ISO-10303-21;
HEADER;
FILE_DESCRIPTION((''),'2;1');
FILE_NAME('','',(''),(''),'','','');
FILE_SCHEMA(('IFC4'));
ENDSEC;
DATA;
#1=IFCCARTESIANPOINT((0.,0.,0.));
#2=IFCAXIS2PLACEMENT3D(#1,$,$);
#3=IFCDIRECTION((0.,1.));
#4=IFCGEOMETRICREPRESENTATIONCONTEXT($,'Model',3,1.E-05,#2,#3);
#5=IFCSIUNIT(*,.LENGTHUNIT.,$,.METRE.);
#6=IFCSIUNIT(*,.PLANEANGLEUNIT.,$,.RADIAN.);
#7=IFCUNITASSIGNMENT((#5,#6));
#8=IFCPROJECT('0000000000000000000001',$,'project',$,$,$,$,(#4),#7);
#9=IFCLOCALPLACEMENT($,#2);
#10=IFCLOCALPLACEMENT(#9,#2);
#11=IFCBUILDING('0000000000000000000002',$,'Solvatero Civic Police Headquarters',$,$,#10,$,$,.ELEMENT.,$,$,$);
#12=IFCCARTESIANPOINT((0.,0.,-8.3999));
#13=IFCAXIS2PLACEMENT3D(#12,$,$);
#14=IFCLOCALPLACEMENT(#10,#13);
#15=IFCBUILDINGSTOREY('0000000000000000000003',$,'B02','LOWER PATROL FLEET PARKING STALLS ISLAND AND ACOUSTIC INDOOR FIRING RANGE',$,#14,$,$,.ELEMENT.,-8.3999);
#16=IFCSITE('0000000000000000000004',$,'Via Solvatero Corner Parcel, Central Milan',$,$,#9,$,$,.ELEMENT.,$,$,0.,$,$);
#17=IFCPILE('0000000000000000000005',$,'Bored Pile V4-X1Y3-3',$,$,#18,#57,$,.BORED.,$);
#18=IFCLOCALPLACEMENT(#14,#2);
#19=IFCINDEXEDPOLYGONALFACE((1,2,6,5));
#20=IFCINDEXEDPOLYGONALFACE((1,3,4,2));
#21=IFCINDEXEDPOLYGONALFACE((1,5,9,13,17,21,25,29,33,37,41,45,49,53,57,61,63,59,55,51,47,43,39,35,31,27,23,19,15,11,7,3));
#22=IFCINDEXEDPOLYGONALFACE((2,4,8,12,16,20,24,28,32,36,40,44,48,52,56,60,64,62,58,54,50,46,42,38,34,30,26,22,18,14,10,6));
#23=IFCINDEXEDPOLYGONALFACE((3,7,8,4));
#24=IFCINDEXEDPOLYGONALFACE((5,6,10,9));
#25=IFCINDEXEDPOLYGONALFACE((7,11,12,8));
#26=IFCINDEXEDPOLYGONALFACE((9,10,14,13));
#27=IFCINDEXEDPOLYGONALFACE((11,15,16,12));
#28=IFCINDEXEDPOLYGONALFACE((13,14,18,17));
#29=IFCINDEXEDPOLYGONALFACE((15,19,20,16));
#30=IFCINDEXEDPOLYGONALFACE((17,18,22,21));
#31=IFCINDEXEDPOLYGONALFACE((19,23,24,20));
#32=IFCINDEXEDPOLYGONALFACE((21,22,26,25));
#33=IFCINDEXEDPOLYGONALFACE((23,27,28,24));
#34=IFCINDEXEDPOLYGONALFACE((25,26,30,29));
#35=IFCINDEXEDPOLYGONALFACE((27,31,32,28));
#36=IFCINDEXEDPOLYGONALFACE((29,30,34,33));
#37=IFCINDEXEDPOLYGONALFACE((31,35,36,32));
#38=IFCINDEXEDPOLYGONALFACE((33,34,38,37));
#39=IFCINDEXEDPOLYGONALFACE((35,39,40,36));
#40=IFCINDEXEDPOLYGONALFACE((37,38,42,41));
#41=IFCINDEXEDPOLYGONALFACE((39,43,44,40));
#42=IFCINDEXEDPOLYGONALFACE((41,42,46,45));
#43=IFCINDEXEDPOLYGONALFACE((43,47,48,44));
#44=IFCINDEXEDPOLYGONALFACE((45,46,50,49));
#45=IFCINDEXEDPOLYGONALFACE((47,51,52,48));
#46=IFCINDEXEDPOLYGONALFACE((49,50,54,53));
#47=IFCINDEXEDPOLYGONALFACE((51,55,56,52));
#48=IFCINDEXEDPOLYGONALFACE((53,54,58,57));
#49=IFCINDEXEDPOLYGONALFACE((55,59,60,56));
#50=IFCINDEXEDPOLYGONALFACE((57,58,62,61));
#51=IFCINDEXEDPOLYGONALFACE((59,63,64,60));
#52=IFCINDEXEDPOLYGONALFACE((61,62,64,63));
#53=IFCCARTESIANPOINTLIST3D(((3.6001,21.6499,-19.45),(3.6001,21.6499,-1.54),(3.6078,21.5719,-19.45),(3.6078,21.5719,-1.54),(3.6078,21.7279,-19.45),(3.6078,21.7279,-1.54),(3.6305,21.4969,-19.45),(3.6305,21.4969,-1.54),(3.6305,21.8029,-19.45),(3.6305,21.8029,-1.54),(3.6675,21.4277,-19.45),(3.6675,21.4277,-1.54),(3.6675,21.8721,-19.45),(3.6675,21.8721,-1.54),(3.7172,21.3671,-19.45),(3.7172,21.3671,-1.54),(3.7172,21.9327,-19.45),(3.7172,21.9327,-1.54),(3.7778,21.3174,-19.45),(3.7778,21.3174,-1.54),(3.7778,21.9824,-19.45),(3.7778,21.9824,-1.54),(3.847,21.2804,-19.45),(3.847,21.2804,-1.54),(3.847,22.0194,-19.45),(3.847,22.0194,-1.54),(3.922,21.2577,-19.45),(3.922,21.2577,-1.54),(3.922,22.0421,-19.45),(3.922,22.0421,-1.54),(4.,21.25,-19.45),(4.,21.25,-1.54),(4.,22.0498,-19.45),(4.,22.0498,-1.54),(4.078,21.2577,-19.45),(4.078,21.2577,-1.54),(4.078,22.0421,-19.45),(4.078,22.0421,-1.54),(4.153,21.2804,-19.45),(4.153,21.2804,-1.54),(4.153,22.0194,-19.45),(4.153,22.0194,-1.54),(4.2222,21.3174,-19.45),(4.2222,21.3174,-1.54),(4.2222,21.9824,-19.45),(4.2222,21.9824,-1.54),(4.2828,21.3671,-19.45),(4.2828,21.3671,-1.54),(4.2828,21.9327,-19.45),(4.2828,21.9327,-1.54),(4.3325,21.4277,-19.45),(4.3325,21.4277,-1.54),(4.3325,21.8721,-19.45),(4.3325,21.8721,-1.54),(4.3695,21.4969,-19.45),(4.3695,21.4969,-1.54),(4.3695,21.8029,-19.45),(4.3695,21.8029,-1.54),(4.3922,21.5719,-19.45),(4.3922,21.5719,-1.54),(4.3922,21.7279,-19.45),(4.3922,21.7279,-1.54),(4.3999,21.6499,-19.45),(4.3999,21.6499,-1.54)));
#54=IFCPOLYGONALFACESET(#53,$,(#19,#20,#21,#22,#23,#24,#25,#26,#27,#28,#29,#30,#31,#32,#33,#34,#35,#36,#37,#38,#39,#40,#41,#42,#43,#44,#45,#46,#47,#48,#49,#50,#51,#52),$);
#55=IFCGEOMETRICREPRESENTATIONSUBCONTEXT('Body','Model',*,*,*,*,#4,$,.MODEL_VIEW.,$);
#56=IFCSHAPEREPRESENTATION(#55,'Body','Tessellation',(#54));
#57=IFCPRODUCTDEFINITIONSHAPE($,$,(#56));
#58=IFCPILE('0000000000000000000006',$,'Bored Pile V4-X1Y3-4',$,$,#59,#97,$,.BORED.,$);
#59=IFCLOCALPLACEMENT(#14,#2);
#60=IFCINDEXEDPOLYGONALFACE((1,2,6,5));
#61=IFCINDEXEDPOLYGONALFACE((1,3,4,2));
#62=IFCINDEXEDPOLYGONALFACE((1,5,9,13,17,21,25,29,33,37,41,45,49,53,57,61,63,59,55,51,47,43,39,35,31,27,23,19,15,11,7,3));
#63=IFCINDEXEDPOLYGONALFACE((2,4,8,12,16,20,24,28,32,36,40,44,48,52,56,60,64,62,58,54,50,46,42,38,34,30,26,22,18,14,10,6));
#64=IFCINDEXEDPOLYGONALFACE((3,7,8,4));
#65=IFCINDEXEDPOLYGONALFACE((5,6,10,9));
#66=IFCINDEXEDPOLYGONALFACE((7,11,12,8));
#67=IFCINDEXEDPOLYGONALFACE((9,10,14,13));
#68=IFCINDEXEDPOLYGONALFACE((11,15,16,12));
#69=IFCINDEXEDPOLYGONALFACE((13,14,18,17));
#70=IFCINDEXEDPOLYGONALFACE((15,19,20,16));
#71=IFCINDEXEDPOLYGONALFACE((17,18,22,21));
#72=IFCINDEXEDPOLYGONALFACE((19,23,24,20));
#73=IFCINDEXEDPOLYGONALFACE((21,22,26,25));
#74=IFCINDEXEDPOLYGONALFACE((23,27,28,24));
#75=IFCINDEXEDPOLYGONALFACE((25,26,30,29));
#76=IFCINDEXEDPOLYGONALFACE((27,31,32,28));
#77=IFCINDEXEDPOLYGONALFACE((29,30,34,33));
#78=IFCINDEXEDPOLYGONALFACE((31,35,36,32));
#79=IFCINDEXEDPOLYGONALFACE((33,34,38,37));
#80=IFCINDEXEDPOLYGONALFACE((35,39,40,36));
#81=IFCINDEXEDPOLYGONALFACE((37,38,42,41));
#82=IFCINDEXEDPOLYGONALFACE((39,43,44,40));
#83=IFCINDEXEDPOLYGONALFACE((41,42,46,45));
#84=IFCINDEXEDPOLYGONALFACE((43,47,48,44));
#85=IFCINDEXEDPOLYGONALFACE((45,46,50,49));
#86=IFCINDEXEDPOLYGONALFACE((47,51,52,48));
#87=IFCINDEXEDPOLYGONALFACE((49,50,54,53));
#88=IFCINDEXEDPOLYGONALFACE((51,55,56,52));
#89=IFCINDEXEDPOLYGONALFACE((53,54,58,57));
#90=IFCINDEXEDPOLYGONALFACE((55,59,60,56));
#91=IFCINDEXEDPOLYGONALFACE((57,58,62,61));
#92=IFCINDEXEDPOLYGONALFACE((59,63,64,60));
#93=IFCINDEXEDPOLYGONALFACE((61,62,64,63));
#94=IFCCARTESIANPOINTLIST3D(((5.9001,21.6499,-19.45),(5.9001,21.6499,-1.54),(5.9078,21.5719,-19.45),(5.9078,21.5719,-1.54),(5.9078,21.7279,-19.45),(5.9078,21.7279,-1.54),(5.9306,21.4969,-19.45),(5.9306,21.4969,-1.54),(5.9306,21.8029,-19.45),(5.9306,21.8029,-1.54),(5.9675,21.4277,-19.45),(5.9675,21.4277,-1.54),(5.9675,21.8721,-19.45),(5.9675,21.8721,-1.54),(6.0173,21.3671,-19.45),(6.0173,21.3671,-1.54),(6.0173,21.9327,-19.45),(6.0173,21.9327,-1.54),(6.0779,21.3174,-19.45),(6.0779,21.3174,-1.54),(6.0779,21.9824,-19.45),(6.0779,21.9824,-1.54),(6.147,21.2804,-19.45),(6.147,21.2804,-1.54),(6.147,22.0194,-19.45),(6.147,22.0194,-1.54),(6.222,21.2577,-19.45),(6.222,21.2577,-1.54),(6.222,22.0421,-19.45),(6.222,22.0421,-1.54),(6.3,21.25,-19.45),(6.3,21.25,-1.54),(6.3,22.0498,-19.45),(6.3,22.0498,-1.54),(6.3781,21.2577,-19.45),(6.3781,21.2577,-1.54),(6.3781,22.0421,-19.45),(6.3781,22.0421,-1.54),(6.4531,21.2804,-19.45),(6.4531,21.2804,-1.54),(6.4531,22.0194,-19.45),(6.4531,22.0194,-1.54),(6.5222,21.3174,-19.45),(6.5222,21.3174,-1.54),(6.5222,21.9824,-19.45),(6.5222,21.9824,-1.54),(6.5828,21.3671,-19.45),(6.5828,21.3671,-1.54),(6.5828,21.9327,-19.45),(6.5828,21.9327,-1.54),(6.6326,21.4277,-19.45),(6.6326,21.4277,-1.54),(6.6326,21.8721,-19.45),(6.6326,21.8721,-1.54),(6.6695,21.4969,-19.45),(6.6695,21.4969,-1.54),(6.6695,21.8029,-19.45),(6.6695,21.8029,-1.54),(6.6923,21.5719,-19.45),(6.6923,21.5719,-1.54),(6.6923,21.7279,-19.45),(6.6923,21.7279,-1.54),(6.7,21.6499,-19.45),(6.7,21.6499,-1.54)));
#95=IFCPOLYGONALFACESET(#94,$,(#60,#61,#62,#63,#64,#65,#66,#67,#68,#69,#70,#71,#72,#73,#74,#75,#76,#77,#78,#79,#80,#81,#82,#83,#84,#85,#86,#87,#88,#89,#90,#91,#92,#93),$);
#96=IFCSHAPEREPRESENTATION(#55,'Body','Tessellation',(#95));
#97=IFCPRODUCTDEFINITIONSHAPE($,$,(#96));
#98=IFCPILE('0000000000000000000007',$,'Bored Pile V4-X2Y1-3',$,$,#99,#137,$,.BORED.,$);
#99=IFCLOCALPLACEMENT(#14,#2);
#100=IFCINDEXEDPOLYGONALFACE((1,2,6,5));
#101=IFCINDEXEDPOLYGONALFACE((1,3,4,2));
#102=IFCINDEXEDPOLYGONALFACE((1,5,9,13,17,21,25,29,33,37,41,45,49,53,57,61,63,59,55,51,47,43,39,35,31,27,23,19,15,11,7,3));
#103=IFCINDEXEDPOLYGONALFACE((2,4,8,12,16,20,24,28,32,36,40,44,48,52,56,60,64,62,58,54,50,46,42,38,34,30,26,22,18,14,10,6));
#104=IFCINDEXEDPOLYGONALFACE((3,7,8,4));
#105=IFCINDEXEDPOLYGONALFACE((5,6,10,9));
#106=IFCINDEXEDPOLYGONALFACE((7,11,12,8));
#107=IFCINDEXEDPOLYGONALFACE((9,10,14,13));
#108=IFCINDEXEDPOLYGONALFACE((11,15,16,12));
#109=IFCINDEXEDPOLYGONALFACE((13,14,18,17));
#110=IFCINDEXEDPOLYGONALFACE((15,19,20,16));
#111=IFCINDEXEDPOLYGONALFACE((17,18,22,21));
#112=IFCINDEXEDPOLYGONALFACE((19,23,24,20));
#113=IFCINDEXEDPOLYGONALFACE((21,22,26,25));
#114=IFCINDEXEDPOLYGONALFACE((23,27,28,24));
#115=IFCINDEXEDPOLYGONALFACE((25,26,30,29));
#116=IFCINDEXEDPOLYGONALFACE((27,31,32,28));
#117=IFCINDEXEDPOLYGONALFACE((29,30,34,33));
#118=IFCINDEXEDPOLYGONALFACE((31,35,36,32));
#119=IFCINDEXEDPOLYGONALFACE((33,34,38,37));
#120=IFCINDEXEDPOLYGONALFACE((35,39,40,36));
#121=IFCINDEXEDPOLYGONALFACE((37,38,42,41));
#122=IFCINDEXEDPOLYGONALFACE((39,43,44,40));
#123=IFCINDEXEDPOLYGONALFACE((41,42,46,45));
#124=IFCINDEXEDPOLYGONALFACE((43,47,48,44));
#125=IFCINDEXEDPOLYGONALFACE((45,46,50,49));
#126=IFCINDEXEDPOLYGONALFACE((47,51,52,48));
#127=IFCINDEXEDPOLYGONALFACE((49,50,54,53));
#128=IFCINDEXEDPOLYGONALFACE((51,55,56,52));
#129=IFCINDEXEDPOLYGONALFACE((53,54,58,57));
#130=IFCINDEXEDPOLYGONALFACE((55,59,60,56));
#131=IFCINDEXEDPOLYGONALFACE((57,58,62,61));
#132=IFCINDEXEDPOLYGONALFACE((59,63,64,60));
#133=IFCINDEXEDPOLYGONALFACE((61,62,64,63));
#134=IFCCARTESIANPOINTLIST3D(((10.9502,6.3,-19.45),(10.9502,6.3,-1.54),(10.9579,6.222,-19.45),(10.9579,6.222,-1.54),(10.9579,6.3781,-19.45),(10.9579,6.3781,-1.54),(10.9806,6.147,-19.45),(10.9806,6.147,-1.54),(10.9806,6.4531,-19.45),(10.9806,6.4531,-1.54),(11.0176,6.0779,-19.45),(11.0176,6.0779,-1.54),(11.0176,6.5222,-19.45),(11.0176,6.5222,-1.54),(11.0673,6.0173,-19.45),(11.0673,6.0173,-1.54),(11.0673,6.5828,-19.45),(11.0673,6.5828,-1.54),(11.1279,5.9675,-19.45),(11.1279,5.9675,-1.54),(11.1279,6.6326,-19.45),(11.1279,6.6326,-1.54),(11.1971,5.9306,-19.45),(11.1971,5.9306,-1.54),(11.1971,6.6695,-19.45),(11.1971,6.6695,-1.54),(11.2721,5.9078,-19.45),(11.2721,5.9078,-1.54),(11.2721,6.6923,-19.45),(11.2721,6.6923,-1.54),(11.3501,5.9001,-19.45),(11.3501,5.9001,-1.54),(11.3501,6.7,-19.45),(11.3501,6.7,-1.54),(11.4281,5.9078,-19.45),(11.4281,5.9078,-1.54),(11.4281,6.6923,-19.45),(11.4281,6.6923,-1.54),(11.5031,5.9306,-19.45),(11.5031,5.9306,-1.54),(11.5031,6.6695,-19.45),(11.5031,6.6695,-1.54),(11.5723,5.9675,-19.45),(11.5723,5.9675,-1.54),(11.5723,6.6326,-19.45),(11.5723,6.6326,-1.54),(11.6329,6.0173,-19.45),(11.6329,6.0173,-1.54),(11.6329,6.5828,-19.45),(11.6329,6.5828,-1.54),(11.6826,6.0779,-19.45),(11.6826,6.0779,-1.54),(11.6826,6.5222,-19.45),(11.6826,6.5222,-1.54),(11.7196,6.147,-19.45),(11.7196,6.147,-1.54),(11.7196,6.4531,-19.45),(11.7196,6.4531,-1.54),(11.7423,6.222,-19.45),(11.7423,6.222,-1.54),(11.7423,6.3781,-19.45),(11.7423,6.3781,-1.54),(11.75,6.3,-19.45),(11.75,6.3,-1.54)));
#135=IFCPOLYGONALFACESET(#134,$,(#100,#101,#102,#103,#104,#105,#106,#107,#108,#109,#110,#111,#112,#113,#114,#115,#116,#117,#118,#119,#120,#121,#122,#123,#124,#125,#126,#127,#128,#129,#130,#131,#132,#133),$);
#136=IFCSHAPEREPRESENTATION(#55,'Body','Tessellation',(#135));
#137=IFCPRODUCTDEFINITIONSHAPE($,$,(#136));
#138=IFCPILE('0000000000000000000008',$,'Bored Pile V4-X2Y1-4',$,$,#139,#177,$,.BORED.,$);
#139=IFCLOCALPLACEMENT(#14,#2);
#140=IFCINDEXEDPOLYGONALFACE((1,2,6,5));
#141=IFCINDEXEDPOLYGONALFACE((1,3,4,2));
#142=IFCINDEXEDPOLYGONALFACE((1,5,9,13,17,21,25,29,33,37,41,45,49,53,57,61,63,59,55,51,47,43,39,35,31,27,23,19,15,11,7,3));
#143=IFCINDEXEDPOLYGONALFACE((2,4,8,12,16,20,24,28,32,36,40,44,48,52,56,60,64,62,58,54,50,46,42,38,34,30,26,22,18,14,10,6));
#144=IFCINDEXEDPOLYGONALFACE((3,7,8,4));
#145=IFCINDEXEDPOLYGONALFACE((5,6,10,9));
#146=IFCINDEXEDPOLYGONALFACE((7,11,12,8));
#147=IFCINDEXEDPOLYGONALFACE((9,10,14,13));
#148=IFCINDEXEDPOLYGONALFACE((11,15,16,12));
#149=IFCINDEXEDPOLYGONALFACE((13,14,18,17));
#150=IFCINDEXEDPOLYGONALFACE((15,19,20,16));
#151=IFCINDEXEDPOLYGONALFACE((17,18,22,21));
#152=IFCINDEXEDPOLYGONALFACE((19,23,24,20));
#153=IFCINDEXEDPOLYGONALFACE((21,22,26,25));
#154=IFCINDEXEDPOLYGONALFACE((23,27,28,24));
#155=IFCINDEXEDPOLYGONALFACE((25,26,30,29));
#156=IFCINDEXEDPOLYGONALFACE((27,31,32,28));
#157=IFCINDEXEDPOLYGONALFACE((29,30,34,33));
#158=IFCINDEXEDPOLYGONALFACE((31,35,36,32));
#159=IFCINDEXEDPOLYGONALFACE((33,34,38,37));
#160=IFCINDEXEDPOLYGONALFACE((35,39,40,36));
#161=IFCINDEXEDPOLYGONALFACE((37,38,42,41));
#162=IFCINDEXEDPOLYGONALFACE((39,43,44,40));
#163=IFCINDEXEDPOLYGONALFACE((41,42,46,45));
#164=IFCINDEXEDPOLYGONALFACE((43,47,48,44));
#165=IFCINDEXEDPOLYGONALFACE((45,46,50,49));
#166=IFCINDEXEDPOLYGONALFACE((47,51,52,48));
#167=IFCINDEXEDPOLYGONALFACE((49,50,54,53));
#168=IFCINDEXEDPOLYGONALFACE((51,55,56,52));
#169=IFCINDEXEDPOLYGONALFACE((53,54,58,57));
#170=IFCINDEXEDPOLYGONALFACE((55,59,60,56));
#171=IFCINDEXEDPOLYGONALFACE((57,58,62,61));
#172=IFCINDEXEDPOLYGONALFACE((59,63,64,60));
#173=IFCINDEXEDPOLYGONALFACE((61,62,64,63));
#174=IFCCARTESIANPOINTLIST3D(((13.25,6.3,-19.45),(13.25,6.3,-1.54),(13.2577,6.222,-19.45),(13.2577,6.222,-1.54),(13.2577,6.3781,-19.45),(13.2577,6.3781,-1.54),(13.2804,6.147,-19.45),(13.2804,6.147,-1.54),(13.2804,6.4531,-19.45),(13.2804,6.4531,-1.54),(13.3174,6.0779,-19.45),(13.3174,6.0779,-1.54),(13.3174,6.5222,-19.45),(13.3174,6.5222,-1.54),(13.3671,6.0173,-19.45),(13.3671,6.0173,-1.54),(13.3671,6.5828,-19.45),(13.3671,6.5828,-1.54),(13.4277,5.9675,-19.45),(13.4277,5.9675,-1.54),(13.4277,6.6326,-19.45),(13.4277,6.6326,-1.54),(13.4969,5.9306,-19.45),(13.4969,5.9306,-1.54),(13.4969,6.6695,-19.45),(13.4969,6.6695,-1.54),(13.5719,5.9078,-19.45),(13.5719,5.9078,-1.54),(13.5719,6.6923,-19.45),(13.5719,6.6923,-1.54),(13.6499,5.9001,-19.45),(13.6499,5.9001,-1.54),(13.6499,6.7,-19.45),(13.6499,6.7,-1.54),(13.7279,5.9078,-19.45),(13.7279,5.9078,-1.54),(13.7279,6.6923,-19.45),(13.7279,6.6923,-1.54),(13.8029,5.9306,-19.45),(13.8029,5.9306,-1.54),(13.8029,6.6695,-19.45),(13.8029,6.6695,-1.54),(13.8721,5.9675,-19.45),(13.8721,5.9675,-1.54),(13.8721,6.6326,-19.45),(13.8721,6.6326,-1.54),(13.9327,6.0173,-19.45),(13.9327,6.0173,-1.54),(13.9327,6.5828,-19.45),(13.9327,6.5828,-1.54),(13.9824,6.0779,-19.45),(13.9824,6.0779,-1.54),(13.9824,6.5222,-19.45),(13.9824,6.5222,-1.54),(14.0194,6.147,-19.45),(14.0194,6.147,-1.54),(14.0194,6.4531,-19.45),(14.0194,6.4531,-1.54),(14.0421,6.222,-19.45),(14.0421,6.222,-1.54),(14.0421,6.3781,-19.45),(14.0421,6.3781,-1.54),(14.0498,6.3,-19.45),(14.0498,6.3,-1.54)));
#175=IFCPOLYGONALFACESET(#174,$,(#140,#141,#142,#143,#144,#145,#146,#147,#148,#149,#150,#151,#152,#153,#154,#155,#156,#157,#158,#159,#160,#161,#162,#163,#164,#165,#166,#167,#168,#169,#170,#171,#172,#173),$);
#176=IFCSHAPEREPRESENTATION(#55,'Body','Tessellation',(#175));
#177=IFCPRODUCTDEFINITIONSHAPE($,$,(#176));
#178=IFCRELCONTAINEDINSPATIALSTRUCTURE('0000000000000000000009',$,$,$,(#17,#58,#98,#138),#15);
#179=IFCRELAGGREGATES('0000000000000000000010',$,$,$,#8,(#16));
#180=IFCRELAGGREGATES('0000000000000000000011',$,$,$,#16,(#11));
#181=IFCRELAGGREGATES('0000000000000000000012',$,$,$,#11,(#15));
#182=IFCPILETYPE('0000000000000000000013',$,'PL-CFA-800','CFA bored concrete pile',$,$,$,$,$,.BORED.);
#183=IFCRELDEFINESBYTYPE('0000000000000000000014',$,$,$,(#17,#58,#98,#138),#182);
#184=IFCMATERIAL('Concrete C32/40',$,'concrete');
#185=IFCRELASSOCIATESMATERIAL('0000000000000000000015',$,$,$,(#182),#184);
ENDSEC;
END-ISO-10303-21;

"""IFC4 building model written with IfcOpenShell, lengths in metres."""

from ifc_helpers import new_model, si_unit, direction, frame, origin, origin_2d, place, context, subcontext, project, spatial, circle, extrude, material, material_profile, profile_set, type_object, element, save


model = new_model("IFC4")

# Units and contexts
model_context = context("Model", 3, precision=1e-05, world=origin(), true_north=direction((0.0, 1.0)))
body_context = subcontext(model_context, "Body", "Model", "MODEL_VIEW")
ifc_project = project(units=[si_unit("LENGTHUNIT", "METRE"), si_unit("PLANEANGLEUNIT", "RADIAN")], contexts=[model_context])

# Site, building, storey
site_placement = place(None, origin())
site = spatial("IfcSite", under=ifc_project, at=site_placement, Name="Via Solvatero Corner Parcel, Central Milan", CompositionType="ELEMENT", RefElevation=0.0)
building_placement = place(site_placement, origin())
building = spatial("IfcBuilding", under=site, at=building_placement, Name="Solvatero Civic Police Headquarters", CompositionType="ELEMENT")
storey_placement = place(building_placement, frame((0.0, 0.0, -8.3999)))
storey = spatial("IfcBuildingStorey", under=building, at=storey_placement, Name="B02", Description="LOWER PATROL FLEET PARKING STALLS ISLAND AND ACOUSTIC INDOOR FIRING RANGE", CompositionType="ELEMENT", Elevation=-8.3999)

# Piles
ifc_material_1 = material(Name="Concrete C32/40", Category="concrete")
ifc_material_profile_1 = material_profile(ifc_material_1, circle(Radius=0.3999, at=origin_2d()), Name="CFA PILE D800")
ifc_profile_set_1 = profile_set([ifc_material_profile_1], Name="Concrete C32/40")
pile_type_1 = type_object("IfcPileType", Name="PL-CFA-800", Description="CFA bored concrete pile", PredefinedType="BORED", material=ifc_profile_set_1)
for number, where, z_axis, x_axis, name in (
    (1, (4.0, 21.6499, -1.54), (0.0, 0.0, -1.0), (1.0, 0.0, 0.0), "Bored Pile V4-X1Y3-3"),
    (2, (6.3, 21.6499, -1.54), (0.0, 0.0, -1.0), (1.0, 0.0, 0.0), "Bored Pile V4-X1Y3-4"),
    (3, (11.3501, 6.3, -1.54), (0.0, 0.0, -1.0), (1.0, 0.0, 0.0), "Bored Pile V4-X2Y1-3"),
    (4, (13.6499, 6.3, -1.54), (0.0, 0.0, -1.0), (1.0, 0.0, 0.0), "Bored Pile V4-X2Y1-4"),
):
    element("IfcPile", number, at=place(storey_placement, frame(where, z_axis=z_axis, x_axis=x_axis)), inside=storey, type_object=pile_type_1, Name=name, PredefinedType="BORED", context=body_context, shape_type="SweptSolid", body=[
        extrude(circle(Radius=0.3999, at=origin_2d()), origin(), (0.0, 0.0, 1.0), 17.9099),
    ])

save(model, "model.ifc")
